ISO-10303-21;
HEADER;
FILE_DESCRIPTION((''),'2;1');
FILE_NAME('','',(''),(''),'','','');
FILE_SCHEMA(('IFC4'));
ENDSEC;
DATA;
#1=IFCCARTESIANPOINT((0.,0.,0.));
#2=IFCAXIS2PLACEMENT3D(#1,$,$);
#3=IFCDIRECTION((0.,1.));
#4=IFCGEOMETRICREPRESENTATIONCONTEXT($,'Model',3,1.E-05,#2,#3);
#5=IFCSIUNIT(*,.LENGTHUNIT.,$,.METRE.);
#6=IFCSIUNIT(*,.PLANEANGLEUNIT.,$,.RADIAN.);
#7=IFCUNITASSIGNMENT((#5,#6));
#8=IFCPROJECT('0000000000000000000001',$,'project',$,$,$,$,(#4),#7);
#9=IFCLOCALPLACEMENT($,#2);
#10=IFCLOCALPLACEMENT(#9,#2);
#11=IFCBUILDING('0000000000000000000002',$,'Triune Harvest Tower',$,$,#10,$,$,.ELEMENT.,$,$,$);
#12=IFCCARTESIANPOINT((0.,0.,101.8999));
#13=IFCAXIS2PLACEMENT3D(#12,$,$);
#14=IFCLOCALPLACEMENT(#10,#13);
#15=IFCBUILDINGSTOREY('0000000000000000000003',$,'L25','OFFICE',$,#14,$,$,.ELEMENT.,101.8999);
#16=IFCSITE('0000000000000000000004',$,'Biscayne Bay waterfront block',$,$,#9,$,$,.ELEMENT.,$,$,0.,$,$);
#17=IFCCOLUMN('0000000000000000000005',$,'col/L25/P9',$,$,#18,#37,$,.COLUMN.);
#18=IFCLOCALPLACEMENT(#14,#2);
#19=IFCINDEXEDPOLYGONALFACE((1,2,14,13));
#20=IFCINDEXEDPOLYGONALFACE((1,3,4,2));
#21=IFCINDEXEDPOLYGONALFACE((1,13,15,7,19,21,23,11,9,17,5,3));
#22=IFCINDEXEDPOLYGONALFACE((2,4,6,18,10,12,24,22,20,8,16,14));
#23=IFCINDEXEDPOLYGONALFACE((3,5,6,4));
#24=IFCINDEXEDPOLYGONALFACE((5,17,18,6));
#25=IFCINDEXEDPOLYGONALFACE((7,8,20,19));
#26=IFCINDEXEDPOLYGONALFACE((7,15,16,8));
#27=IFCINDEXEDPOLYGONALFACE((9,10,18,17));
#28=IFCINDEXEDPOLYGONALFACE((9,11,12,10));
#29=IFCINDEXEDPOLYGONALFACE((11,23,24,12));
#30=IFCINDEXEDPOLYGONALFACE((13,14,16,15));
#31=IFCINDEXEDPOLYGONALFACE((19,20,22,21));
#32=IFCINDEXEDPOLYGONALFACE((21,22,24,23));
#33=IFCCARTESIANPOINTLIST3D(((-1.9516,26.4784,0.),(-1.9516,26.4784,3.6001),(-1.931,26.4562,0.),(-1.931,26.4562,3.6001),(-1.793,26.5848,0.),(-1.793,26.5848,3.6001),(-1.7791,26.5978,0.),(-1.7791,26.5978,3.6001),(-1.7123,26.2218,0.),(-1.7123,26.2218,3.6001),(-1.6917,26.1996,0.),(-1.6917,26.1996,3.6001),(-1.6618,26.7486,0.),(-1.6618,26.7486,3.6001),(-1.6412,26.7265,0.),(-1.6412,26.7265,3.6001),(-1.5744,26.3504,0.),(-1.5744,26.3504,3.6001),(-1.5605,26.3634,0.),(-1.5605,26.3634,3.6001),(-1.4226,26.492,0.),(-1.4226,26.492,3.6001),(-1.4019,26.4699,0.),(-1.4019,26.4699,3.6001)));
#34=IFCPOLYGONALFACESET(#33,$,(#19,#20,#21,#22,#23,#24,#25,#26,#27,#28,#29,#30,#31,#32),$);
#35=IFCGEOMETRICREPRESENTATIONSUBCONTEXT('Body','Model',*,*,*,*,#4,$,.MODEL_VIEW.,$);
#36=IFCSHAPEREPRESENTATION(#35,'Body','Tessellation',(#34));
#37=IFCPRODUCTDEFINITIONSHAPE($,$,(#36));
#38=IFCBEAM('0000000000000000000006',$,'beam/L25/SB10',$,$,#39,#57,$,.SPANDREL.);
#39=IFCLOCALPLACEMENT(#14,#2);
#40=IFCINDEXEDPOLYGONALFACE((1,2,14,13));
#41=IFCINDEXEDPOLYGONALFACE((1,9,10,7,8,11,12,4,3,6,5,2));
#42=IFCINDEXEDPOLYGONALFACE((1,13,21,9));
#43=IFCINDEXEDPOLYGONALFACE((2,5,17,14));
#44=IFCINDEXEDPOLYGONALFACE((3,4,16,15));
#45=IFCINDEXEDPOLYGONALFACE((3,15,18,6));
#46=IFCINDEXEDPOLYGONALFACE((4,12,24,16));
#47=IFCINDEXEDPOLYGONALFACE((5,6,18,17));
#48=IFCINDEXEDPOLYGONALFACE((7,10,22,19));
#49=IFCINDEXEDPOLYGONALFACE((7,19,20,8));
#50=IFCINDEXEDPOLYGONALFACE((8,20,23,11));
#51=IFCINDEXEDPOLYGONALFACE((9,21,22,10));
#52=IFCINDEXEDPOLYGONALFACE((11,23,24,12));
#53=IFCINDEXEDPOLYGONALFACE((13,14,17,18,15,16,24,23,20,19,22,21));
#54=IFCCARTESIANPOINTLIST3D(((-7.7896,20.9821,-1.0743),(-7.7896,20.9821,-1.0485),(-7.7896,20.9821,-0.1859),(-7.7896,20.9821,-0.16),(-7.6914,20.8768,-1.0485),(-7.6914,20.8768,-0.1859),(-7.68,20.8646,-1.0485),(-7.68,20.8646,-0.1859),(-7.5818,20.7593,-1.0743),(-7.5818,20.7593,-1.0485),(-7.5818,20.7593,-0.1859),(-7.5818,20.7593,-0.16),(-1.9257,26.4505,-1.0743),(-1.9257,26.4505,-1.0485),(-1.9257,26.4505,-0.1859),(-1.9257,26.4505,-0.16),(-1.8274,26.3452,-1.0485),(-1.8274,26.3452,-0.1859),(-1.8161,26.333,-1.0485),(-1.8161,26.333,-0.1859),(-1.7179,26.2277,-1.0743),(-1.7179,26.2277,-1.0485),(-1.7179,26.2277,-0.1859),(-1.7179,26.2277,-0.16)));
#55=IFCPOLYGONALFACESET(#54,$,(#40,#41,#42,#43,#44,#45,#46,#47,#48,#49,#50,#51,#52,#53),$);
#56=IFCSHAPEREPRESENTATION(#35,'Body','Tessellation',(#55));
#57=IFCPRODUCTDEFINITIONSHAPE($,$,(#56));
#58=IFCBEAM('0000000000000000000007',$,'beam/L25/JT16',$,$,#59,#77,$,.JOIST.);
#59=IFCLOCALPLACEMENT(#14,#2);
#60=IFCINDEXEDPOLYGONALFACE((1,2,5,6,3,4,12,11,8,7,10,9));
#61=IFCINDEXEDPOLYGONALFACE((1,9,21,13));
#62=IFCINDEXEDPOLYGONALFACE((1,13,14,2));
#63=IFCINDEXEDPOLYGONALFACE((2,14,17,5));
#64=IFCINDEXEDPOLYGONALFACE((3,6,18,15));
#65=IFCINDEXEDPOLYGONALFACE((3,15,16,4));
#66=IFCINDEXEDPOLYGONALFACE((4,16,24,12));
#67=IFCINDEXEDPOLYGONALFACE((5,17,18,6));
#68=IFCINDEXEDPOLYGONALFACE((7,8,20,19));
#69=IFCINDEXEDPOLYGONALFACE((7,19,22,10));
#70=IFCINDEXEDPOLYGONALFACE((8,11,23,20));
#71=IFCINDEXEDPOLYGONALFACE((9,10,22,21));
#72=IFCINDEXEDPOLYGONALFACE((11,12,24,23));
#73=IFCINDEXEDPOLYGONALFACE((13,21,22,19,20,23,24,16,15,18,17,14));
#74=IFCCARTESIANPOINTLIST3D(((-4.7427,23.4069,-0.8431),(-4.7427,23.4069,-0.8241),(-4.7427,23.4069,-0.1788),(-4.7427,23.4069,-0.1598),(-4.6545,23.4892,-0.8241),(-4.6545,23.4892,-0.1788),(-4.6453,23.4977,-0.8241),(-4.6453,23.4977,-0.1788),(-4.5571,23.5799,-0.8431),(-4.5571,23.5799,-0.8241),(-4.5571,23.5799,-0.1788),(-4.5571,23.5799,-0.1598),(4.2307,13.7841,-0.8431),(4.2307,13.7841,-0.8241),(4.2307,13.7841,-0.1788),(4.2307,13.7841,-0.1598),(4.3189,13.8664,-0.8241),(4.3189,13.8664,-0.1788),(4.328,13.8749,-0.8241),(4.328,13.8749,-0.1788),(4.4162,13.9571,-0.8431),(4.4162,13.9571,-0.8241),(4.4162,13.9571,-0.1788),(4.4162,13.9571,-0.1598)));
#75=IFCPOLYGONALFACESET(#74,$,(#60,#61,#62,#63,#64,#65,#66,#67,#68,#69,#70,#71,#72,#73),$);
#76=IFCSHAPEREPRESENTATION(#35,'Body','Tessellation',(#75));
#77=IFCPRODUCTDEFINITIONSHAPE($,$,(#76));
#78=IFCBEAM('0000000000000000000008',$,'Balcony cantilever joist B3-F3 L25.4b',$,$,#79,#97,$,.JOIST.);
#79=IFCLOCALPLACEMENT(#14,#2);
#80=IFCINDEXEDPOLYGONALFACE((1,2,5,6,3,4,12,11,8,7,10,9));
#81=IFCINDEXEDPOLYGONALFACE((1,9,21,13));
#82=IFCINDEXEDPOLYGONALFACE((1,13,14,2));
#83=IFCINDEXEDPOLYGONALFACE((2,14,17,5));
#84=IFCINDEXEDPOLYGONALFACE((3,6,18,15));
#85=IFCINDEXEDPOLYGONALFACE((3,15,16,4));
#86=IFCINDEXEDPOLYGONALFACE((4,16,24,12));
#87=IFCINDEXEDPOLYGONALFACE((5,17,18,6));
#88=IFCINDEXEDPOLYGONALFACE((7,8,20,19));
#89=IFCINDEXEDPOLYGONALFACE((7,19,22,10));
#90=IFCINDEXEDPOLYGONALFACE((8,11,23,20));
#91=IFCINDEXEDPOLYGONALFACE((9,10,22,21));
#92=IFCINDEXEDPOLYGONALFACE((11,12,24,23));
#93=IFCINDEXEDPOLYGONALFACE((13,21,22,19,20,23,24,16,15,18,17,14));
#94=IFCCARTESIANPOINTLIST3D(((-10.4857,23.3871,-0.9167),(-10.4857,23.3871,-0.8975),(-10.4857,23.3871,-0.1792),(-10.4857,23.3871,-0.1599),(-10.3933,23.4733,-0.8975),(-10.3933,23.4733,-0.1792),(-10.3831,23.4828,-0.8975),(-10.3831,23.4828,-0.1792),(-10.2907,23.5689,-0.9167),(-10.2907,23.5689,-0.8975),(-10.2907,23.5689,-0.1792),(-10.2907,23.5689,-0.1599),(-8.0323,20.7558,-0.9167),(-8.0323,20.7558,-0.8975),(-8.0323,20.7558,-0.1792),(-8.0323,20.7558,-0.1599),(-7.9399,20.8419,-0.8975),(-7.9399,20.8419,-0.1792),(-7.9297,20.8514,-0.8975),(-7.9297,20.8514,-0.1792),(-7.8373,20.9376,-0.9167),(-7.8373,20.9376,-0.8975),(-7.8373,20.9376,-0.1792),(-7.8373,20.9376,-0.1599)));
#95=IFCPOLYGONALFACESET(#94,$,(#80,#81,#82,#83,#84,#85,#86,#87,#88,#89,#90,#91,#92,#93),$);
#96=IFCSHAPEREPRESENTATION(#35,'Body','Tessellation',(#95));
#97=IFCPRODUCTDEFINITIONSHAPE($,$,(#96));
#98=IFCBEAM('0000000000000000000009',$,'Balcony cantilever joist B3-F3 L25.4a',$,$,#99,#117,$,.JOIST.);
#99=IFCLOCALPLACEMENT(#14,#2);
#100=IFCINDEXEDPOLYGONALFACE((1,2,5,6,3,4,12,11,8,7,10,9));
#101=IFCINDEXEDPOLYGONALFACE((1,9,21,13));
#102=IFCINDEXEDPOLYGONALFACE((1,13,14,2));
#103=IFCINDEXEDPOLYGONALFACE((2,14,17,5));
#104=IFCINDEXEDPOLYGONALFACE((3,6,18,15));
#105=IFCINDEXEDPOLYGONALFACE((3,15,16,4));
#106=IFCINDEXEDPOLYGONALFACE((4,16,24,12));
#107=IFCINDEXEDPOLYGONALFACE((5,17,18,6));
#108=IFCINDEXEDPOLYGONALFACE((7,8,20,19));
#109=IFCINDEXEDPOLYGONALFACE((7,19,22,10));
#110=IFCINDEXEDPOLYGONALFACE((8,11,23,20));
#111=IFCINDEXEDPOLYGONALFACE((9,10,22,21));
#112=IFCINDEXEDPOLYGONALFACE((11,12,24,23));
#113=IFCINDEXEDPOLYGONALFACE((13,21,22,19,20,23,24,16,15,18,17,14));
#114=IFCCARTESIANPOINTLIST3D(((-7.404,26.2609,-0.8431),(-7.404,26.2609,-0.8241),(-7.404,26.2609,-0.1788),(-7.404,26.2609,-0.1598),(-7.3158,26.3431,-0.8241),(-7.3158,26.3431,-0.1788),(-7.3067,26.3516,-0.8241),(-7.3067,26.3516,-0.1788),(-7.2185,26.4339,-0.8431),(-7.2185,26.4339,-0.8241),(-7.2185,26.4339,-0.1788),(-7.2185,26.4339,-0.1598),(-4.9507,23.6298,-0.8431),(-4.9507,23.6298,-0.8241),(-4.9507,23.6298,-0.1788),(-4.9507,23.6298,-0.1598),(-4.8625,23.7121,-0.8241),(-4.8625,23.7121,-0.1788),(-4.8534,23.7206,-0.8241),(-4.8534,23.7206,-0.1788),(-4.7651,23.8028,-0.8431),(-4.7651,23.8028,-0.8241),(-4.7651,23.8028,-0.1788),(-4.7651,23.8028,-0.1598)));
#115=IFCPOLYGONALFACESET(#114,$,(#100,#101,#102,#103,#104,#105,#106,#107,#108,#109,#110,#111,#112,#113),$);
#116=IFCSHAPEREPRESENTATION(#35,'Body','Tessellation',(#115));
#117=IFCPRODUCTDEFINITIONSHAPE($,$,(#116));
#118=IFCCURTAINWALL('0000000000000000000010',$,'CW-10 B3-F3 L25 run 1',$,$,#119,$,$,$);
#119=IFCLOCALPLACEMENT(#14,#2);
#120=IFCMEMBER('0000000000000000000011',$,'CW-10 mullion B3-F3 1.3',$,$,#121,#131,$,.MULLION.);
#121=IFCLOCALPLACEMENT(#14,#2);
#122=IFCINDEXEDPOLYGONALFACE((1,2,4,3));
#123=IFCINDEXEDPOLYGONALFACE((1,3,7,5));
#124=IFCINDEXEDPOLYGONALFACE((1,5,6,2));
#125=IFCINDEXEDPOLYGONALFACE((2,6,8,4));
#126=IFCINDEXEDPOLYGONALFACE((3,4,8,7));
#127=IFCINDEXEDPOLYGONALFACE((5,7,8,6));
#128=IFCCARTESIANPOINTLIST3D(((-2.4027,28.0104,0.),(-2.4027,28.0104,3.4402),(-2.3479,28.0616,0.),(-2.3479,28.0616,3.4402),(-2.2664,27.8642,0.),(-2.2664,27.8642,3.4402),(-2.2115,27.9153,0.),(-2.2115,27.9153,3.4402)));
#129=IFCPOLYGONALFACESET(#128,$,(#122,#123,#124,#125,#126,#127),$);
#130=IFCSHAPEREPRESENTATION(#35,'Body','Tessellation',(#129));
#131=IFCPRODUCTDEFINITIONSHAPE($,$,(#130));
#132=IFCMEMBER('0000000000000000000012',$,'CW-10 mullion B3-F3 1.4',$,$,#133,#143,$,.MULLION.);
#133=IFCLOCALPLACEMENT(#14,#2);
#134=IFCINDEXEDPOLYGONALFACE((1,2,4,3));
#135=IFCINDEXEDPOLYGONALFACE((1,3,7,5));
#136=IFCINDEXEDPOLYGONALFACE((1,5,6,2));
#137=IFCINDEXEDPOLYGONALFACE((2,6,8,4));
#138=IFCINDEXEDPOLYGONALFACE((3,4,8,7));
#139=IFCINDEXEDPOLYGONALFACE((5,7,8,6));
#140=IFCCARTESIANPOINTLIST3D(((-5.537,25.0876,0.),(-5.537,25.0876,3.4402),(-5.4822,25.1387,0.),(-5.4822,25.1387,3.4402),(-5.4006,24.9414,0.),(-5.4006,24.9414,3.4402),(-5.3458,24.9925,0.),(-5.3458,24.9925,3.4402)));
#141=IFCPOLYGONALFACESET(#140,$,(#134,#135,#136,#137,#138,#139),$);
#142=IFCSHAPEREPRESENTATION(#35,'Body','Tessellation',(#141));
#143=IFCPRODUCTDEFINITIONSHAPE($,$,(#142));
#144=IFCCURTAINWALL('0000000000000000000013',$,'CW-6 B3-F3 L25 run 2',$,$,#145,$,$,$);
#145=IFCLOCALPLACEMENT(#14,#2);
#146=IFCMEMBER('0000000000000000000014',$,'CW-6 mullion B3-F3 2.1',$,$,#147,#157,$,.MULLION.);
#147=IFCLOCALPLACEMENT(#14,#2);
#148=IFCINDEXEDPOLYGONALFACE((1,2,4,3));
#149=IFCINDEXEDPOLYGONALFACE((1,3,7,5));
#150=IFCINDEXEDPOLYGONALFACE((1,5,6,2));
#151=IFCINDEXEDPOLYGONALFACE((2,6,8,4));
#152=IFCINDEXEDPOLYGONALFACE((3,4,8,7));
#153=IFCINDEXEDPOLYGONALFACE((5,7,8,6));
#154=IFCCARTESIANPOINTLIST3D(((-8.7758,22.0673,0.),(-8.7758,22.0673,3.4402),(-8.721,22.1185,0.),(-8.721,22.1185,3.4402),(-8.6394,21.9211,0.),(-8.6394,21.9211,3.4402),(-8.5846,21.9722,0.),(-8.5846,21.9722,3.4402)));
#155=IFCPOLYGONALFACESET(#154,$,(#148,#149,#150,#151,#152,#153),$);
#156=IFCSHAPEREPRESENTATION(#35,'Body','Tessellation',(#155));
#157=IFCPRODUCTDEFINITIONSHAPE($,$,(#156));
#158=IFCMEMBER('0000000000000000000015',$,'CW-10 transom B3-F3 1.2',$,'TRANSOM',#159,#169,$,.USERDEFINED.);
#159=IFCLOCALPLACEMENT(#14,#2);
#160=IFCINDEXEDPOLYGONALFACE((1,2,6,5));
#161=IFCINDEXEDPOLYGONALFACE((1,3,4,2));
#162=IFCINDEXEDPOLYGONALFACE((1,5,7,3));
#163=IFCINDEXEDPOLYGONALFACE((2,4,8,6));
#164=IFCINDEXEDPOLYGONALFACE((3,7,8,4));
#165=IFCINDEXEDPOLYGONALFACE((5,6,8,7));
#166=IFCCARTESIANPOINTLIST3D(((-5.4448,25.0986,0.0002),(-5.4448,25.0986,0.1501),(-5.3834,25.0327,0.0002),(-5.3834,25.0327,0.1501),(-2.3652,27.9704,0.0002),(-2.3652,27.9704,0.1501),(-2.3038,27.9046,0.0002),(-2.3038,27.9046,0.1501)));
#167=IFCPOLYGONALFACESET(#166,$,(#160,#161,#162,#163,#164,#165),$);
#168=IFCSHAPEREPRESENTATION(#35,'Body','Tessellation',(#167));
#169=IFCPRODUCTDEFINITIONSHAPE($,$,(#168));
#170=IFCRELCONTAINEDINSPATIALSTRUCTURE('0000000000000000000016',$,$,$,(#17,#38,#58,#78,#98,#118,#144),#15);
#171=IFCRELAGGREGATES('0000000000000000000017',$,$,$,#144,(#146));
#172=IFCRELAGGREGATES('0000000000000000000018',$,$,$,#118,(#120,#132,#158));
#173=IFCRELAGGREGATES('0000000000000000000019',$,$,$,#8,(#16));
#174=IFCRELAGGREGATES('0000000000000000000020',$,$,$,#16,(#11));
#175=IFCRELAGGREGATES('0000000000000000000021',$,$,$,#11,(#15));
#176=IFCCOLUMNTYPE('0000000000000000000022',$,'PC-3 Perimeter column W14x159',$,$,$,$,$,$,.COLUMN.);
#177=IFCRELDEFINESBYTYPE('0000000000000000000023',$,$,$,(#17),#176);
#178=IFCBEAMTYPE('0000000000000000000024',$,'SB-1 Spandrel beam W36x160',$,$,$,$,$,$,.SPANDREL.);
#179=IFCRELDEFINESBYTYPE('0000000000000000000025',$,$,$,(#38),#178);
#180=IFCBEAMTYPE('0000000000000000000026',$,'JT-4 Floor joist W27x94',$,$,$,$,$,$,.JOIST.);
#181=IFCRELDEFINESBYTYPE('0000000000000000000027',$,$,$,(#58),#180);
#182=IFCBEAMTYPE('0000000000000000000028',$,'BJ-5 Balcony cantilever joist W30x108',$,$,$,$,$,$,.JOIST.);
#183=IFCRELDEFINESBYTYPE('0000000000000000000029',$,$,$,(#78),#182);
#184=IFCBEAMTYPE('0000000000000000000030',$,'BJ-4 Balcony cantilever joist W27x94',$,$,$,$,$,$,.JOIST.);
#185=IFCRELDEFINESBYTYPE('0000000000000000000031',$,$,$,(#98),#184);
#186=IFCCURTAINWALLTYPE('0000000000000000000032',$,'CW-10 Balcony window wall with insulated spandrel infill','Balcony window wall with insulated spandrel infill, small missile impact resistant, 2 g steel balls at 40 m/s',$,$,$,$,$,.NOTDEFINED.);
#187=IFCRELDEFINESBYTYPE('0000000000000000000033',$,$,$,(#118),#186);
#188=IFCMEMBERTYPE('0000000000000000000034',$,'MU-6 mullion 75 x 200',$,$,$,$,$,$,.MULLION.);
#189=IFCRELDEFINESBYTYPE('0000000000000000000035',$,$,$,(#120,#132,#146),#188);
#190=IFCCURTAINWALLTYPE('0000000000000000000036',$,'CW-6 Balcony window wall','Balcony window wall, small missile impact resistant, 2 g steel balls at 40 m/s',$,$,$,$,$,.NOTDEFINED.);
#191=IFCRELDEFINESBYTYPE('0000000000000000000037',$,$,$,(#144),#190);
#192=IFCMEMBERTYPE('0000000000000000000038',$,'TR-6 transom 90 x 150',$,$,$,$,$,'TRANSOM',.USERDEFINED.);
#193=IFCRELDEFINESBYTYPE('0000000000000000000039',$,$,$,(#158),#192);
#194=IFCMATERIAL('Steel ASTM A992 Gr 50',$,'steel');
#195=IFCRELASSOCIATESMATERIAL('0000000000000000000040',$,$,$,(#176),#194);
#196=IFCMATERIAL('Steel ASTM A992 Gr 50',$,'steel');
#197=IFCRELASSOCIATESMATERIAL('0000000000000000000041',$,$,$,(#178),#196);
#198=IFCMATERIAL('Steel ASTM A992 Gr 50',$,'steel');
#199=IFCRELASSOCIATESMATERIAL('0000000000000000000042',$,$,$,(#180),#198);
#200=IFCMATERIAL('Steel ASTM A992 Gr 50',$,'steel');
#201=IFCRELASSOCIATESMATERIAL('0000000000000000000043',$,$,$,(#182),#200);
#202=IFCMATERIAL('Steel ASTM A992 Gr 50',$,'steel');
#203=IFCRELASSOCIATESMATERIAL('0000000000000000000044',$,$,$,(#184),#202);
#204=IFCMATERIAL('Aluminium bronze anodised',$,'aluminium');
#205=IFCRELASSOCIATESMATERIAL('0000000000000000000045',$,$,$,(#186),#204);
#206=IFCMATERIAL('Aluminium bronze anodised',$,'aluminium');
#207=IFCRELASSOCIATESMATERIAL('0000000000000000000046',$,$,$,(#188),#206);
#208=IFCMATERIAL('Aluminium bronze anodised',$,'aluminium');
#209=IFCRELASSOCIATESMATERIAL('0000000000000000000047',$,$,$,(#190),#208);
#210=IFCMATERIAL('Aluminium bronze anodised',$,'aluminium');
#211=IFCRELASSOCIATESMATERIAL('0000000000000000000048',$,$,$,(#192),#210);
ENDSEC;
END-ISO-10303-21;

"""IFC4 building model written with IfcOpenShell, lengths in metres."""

from ifc_helpers import new_model, si_unit, direction, frame, origin, origin_2d, place, context, subcontext, project, spatial, rectangle, i_section, extrude, source, transform, mapped, material, material_profile, profile_set, type_object, element, aggregate, save


model = new_model("IFC4")

# Units and contexts
model_context = context("Model", 3, precision=1e-05, world=origin(), true_north=direction((0.0, 1.0)))
body_context = subcontext(model_context, "Body", "Model", "MODEL_VIEW")
ifc_project = project(units=[si_unit("LENGTHUNIT", "METRE"), si_unit("PLANEANGLEUNIT", "RADIAN")], contexts=[model_context])

# Site, building, storey
site_placement = place(None, origin())
site = spatial("IfcSite", under=ifc_project, at=site_placement, Name="Biscayne Bay waterfront block", CompositionType="ELEMENT", RefElevation=0.0)
building_placement = place(site_placement, origin())
building = spatial("IfcBuilding", under=site, at=building_placement, Name="Triune Harvest Tower", CompositionType="ELEMENT")
storey_placement = place(building_placement, frame((0.0, 0.0, 101.8999)))
storey = spatial("IfcBuildingStorey", under=building, at=storey_placement, Name="L25", Description="OFFICE", CompositionType="ELEMENT", Elevation=101.8999)

# Column
ifc_material_1 = material(Name="Steel ASTM A992 Gr 50", Category="steel")
ifc_material_profile_1 = material_profile(ifc_material_1, i_section(OverallWidth=0.3962, OverallDepth=0.3811, WebThickness=0.019, FlangeThickness=0.0303, at=origin_2d()), Name="W14x159")
ifc_profile_set_1 = profile_set([ifc_material_profile_1], Name="Steel ASTM A992 Gr 50")
column_type = type_object("IfcColumnType", Name="PC-3 Perimeter column W14x159", PredefinedType="COLUMN", material=ifc_profile_set_1)
shared_shape_1 = source(origin(), body_context, "Body", "SweptSolid", [
    extrude(i_section(OverallWidth=0.3962, OverallDepth=0.3811, WebThickness=0.019, FlangeThickness=0.0303, at=origin_2d()), origin(), (0.0, 0.0, 1.0), 3.6001),
])
column_placement = place(storey_placement, frame((-1.6768, 26.4741, 0.0), z_axis=(0.0, 0.0, 1.0), x_axis=(-0.731355, -0.681997, 0.0)))
element("IfcColumn", 1, at=column_placement, inside=storey, type_object=column_type, Name="col/L25/P9", PredefinedType="COLUMN", context=body_context, shape_type="MappedRepresentation", body=[
    mapped(shared_shape_1, transform((0.0, 0.0, 0.0), scale=1.0)),
])

# Beams
ifc_material_2 = material(Name="Steel ASTM A992 Gr 50", Category="steel")
ifc_material_profile_2 = material_profile(ifc_material_2, i_section(OverallWidth=0.3047, OverallDepth=0.9143, WebThickness=0.0166, FlangeThickness=0.0259, at=origin_2d()), Name="W36x160")
ifc_profile_set_2 = profile_set([ifc_material_profile_2], Name="Steel ASTM A992 Gr 50")
beam_type_1 = type_object("IfcBeamType", Name="SB-1 Spandrel beam W36x160", PredefinedType="SPANDREL", material=ifc_profile_set_2)
shared_shape_2 = source(origin(), body_context, "Body", "SweptSolid", [
    extrude(i_section(OverallWidth=0.3047, OverallDepth=0.9143, WebThickness=0.0166, FlangeThickness=0.0259, at=origin_2d()), origin(), (0.0, 0.0, 1.0), 8.0181),
])
beam_1_placement = place(storey_placement, frame((-1.8218, 26.3391, -0.6172), z_axis=(-0.73134, -0.682013, 0.0), x_axis=(0.682013, -0.73134, 0.0)))
element("IfcBeam", 2, at=beam_1_placement, inside=storey, type_object=beam_type_1, Name="beam/L25/SB10", PredefinedType="SPANDREL", context=body_context, shape_type="MappedRepresentation", body=[
    mapped(shared_shape_2, transform((0.0, 0.0, 0.0), scale=1.0)),
])
ifc_material_3 = material(Name="Steel ASTM A992 Gr 50", Category="steel")
ifc_material_profile_3 = material_profile(ifc_material_3, i_section(OverallWidth=0.2537, OverallDepth=0.6833, WebThickness=0.0125, FlangeThickness=0.019, at=origin_2d()), Name="W27x94")
ifc_profile_set_3 = profile_set([ifc_material_profile_3], Name="Steel ASTM A992 Gr 50")
beam_type_2 = type_object("IfcBeamType", Name="JT-4 Floor joist W27x94", PredefinedType="JOIST", material=ifc_profile_set_3)
shared_shape_3 = source(origin(), body_context, "Body", "SweptSolid", [
    extrude(i_section(OverallWidth=0.2537, OverallDepth=0.6833, WebThickness=0.0125, FlangeThickness=0.019, at=origin_2d()), origin(), (0.0, 0.0, 1.0), 13.1575),
])
beam_2_placement = place(storey_placement, frame((-4.6499, 23.4934, -0.5015), z_axis=(0.681998, -0.731354, 0.0), x_axis=(0.731354, 0.681998, 0.0)))
element("IfcBeam", 3, at=beam_2_placement, inside=storey, type_object=beam_type_2, Name="beam/L25/JT16", PredefinedType="JOIST", context=body_context, shape_type="MappedRepresentation", body=[
    mapped(shared_shape_3, transform((0.0, 0.0, 0.0), scale=1.0)),
])
ifc_material_4 = material(Name="Steel ASTM A992 Gr 50", Category="steel")
ifc_material_profile_4 = material_profile(ifc_material_4, i_section(OverallWidth=0.2666, OverallDepth=0.7568, WebThickness=0.0139, FlangeThickness=0.0193, at=origin_2d()), Name="W30x108")
ifc_profile_set_4 = profile_set([ifc_material_profile_4], Name="Steel ASTM A992 Gr 50")
beam_type_3 = type_object("IfcBeamType", Name="BJ-5 Balcony cantilever joist W30x108", PredefinedType="JOIST", material=ifc_profile_set_4)
shared_shape_4 = source(origin(), body_context, "Body", "SweptSolid", [
    extrude(i_section(OverallWidth=0.2666, OverallDepth=0.7568, WebThickness=0.0139, FlangeThickness=0.0193, at=origin_2d()), origin(), (0.0, 0.0, 1.0), 3.5977),
])
beam_3_placement = place(storey_placement, frame((-7.9348, 20.8467, -0.5383), z_axis=(-0.681939, 0.731409, 0.0), x_axis=(-0.731409, -0.681939, 0.0)))
element("IfcBeam", 4, at=beam_3_placement, inside=storey, type_object=beam_type_3, Name="Balcony cantilever joist B3-F3 L25.4b", PredefinedType="JOIST", context=body_context, shape_type="MappedRepresentation", body=[
    mapped(shared_shape_4, transform((0.0, 0.0, 0.0), scale=1.0)),
])
ifc_material_5 = material(Name="Steel ASTM A992 Gr 50", Category="steel")
ifc_material_profile_5 = material_profile(ifc_material_5, i_section(OverallWidth=0.2537, OverallDepth=0.6833, WebThickness=0.0125, FlangeThickness=0.019, at=origin_2d()), Name="W27x94")
ifc_profile_set_5 = profile_set([ifc_material_profile_5], Name="Steel ASTM A992 Gr 50")
beam_type_4 = type_object("IfcBeamType", Name="BJ-4 Balcony cantilever joist W27x94", PredefinedType="JOIST", material=ifc_profile_set_5)
shared_shape_5 = source(origin(), body_context, "Body", "SweptSolid", [
    extrude(i_section(OverallWidth=0.2537, OverallDepth=0.6833, WebThickness=0.0125, FlangeThickness=0.019, at=origin_2d()), origin(), (0.0, 0.0, 1.0), 3.5974),
])
beam_4_placement = place(storey_placement, frame((-4.8579, 23.7163, -0.5015), z_axis=(-0.681972, 0.731378, 0.0), x_axis=(-0.731378, -0.681972, 0.0)))
element("IfcBeam", 5, at=beam_4_placement, inside=storey, type_object=beam_type_4, Name="Balcony cantilever joist B3-F3 L25.4a", PredefinedType="JOIST", context=body_context, shape_type="MappedRepresentation", body=[
    mapped(shared_shape_5, transform((0.0, 0.0, 0.0), scale=1.0)),
])

# Curtain wall, members
ifc_material_6 = material(Name="Aluminium bronze anodised", Category="aluminium")
curtain_wall_type_1 = type_object("IfcCurtainWallType", Name="CW-10 Balcony window wall with insulated spandrel infill", Description="Balcony window wall with insulated spandrel infill, small missile impact resistant, 2 g steel balls at 40 m/s", PredefinedType="NOTDEFINED", material=ifc_material_6)
curtain_wall_1_placement = place(storey_placement, origin())
curtain_wall_1 = element("IfcCurtainWall", 6, at=curtain_wall_1_placement, inside=storey, type_object=curtain_wall_type_1, Name="CW-10 B3-F3 L25 run 1")
ifc_material_7 = material(Name="Aluminium bronze anodised", Category="aluminium")
ifc_material_profile_6 = material_profile(ifc_material_7, rectangle(XDim=0.2, YDim=0.075, at=origin_2d()), Name="MU-6 mullion 75 x 200")
ifc_profile_set_6 = profile_set([ifc_material_profile_6], Name="Aluminium bronze anodised")
member_type_1 = type_object("IfcMemberType", Name="MU-6 mullion 75 x 200", PredefinedType="MULLION", material=ifc_profile_set_6)
shared_shape_6 = source(origin(), body_context, "Body", "SweptSolid", [
    extrude(rectangle(XDim=0.2, YDim=0.075, at=origin_2d()), origin(), (0.0, 0.0, 1.0), 3.4402),
])
member_1_placement = place(storey_placement, frame((-2.3071, 27.9629, 0.0), z_axis=(0.0, 0.0, 1.0), x_axis=(0.681999, -0.731353, 0.0)))
member_1 = element("IfcMember", 7, at=member_1_placement, type_object=member_type_1, Name="CW-10 mullion B3-F3 1.3", PredefinedType="MULLION", context=body_context, shape_type="MappedRepresentation", body=[
    mapped(shared_shape_6, transform((0.0, 0.0, 0.0), scale=1.0)),
])
member_2_placement = place(storey_placement, frame((-5.4414, 25.04, 0.0), z_axis=(0.0, 0.0, 1.0), x_axis=(0.681999, -0.731353, 0.0)))
member_2 = element("IfcMember", 8, at=member_2_placement, type_object=member_type_1, Name="CW-10 mullion B3-F3 1.4", PredefinedType="MULLION", context=body_context, shape_type="MappedRepresentation", body=[
    mapped(shared_shape_6, transform((0.0, 0.0, 0.0), scale=1.0)),
])

# Curtain wall, member
ifc_material_8 = material(Name="Aluminium bronze anodised", Category="aluminium")
curtain_wall_type_2 = type_object("IfcCurtainWallType", Name="CW-6 Balcony window wall", Description="Balcony window wall, small missile impact resistant, 2 g steel balls at 40 m/s", PredefinedType="NOTDEFINED", material=ifc_material_8)
curtain_wall_2_placement = place(storey_placement, origin())
curtain_wall_2 = element("IfcCurtainWall", 9, at=curtain_wall_2_placement, inside=storey, type_object=curtain_wall_type_2, Name="CW-6 B3-F3 L25 run 2")
member_3_placement = place(storey_placement, frame((-8.6802, 22.0198, 0.0), z_axis=(0.0, 0.0, 1.0), x_axis=(0.682, -0.731352, 0.0)))
member_3 = element("IfcMember", 10, at=member_3_placement, type_object=member_type_1, Name="CW-6 mullion B3-F3 2.1", PredefinedType="MULLION", context=body_context, shape_type="MappedRepresentation", body=[
    mapped(shared_shape_6, transform((0.0, 0.0, 0.0), scale=1.0)),
])

# Member
ifc_material_9 = material(Name="Aluminium bronze anodised", Category="aluminium")
ifc_material_profile_7 = material_profile(ifc_material_9, rectangle(XDim=0.0901, YDim=0.1499, at=origin_2d()), Name="TR-6 transom 90 x 150")
ifc_profile_set_7 = profile_set([ifc_material_profile_7], Name="Aluminium bronze anodised")
member_type_2 = type_object("IfcMemberType", Name="TR-6 transom 90 x 150", ElementType="TRANSOM", PredefinedType="USERDEFINED", material=ifc_profile_set_7)
shared_shape_7 = source(origin(), body_context, "Body", "SweptSolid", [
    extrude(rectangle(XDim=0.0901, YDim=0.1499, at=origin_2d()), origin(), (0.0, 0.0, 1.0), 4.2109),
])
member_4_placement = place(storey_placement, frame((-2.3345, 27.9375, 0.0752), z_axis=(-0.731346, -0.682006, 0.0), x_axis=(0.682006, -0.731346, 0.0)))
member_4 = element("IfcMember", 11, at=member_4_placement, type_object=member_type_2, Name="CW-10 transom B3-F3 1.2", ObjectType="TRANSOM", PredefinedType="USERDEFINED", context=body_context, shape_type="MappedRepresentation", body=[
    mapped(shared_shape_7, transform((0.0, 0.0, 0.0), scale=1.0)),
])
aggregate(curtain_wall_2, [member_3])

aggregate(curtain_wall_1, [member_1, member_2, member_4])

save(model, "model.ifc")
